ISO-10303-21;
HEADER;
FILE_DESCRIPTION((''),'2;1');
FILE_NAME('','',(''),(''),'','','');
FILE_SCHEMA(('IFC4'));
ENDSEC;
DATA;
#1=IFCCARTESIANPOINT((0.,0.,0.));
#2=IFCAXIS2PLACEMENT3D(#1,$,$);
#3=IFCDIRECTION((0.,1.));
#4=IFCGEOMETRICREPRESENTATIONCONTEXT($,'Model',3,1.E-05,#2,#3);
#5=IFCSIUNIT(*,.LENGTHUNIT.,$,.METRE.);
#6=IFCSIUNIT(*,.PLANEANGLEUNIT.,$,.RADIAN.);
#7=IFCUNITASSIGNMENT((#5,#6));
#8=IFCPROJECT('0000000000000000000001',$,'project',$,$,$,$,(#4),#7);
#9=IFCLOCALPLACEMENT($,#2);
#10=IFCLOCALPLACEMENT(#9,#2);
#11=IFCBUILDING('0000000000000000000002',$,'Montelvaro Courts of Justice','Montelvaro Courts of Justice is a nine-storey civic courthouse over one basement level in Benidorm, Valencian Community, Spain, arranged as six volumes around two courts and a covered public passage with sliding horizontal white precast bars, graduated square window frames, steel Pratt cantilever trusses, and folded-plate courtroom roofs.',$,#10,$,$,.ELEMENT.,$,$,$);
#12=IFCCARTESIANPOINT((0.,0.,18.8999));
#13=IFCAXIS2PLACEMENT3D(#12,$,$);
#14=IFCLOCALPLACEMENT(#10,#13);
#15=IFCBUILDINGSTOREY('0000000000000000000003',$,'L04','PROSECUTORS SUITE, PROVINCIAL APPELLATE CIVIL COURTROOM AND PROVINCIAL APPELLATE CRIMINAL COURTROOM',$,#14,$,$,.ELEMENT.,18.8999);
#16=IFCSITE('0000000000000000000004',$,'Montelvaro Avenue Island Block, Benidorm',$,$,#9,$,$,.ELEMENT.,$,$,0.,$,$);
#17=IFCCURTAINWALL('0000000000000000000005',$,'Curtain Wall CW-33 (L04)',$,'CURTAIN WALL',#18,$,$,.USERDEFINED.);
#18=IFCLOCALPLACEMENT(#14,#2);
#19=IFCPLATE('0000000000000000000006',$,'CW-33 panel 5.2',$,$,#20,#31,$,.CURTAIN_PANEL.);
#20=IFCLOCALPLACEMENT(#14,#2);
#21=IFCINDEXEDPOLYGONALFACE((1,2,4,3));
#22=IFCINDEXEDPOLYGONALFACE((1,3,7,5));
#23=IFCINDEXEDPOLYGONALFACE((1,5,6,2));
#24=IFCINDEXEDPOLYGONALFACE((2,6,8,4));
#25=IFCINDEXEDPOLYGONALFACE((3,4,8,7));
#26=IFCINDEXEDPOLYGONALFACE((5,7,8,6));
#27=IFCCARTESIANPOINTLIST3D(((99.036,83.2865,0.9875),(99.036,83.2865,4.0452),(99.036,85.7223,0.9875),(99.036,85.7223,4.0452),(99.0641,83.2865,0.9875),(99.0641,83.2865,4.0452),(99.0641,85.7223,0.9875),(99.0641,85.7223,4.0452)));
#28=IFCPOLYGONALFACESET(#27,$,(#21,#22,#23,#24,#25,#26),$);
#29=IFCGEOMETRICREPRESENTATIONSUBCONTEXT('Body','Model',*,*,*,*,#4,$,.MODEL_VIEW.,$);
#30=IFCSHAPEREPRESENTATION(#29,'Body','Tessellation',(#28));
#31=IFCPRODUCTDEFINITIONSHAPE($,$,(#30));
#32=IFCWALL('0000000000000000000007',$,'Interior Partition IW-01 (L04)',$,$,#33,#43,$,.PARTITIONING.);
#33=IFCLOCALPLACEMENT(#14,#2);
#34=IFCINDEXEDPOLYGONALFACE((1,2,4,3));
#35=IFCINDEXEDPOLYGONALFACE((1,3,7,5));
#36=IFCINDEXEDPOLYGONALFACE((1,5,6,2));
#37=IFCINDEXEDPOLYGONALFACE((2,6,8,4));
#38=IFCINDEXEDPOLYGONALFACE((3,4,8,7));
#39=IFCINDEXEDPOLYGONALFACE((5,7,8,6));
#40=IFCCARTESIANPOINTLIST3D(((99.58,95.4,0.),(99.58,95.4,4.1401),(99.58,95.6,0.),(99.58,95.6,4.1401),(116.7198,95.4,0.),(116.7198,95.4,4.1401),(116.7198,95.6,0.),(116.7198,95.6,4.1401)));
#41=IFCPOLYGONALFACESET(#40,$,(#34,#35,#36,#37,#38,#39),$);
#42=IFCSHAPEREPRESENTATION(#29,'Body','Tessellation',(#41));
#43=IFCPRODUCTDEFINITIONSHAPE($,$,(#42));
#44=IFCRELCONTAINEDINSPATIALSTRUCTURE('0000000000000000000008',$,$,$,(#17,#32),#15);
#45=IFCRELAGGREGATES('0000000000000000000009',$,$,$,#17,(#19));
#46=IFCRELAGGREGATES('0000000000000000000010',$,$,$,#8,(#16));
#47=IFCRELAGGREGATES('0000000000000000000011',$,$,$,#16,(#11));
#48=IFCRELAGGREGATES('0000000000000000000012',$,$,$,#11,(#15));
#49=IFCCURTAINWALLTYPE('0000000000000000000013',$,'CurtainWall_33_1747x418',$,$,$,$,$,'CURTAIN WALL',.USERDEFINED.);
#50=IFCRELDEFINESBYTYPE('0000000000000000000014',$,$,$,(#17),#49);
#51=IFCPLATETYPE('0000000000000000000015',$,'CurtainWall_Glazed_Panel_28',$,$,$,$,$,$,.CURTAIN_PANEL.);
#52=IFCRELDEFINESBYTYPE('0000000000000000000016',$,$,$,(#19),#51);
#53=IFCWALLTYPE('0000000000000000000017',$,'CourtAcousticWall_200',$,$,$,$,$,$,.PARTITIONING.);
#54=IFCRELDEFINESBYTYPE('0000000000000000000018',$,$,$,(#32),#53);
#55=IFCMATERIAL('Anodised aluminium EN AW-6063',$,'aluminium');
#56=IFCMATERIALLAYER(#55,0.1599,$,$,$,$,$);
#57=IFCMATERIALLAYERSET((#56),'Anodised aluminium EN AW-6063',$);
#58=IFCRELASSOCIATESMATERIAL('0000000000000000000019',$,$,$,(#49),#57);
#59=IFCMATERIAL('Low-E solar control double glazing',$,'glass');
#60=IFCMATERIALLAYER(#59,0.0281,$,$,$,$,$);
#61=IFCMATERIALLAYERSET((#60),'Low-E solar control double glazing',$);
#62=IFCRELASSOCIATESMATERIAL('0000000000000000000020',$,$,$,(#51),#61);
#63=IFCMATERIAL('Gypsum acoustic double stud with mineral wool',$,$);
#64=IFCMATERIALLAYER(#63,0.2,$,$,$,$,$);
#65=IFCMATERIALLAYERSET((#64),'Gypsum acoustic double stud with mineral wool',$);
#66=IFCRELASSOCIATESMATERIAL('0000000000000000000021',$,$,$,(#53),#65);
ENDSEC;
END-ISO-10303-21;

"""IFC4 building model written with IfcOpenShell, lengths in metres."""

from ifc_helpers import new_model, si_unit, direction, frame, frame_2d, origin, origin_2d, place, context, subcontext, project, spatial, rectangle, extrude, material, layer, layer_set, type_object, element, aggregate, save


model = new_model("IFC4")

# Units and contexts
model_context = context("Model", 3, precision=1e-05, world=origin(), true_north=direction((0.0, 1.0)))
body_context = subcontext(model_context, "Body", "Model", "MODEL_VIEW")
ifc_project = project(units=[si_unit("LENGTHUNIT", "METRE"), si_unit("PLANEANGLEUNIT", "RADIAN")], contexts=[model_context])

# Site, building, storey
site_placement = place(None, origin())
site = spatial("IfcSite", under=ifc_project, at=site_placement, Name="Montelvaro Avenue Island Block, Benidorm", CompositionType="ELEMENT", RefElevation=0.0)
building_placement = place(site_placement, origin())
building = spatial("IfcBuilding", under=site, at=building_placement, Name="Montelvaro Courts of Justice", Description="Montelvaro Courts of Justice is a nine-storey civic courthouse over one basement level in Benidorm, Valencian Community, Spain, arranged as six volumes around two courts and a covered public passage with sliding horizontal white precast bars, graduated square window frames, steel Pratt cantilever trusses, and folded-plate courtroom roofs.", CompositionType="ELEMENT")
storey_placement = place(building_placement, frame((0.0, 0.0, 18.8999)))
storey = spatial("IfcBuildingStorey", under=building, at=storey_placement, Name="L04", Description="PROSECUTORS SUITE, PROVINCIAL APPELLATE CIVIL COURTROOM AND PROVINCIAL APPELLATE CRIMINAL COURTROOM", CompositionType="ELEMENT", Elevation=18.8999)

# Shared definitions
ifc_material_1 = material(Name="Anodised aluminium EN AW-6063", Category="aluminium")

# Curtain wall
ifc_layer_1 = layer(ifc_material_1, 0.1599)
ifc_layer_set_1 = layer_set([ifc_layer_1], Name="Anodised aluminium EN AW-6063")
curtain_wall_type_1 = type_object("IfcCurtainWallType", Name="CurtainWall_33_1747x418", ElementType="CURTAIN WALL", PredefinedType="USERDEFINED", material=ifc_layer_set_1)
curtain_wall_1_placement = place(storey_placement, origin())
curtain_wall_1 = element("IfcCurtainWall", 1, at=curtain_wall_1_placement, inside=storey, type_object=curtain_wall_type_1, Name="Curtain Wall CW-33 (L04)", ObjectType="CURTAIN WALL", PredefinedType="USERDEFINED")

# Plate
ifc_material_2 = material(Name="Low-E solar control double glazing", Category="glass")
ifc_layer_2 = layer(ifc_material_2, 0.0281)
ifc_layer_set_2 = layer_set([ifc_layer_2], Name="Low-E solar control double glazing")
plate_type = type_object("IfcPlateType", Name="CurtainWall_Glazed_Panel_28", PredefinedType="CURTAIN_PANEL", material=ifc_layer_set_2)
plate_1_placement = place(storey_placement, frame((99.05, 84.5044, 0.9875), z_axis=(0.0, 0.0, 1.0), x_axis=(0.0, -1.0, 0.0)))
plate_1 = element("IfcPlate", 2, at=plate_1_placement, type_object=plate_type, Name="CW-33 panel 5.2", PredefinedType="CURTAIN_PANEL", context=body_context, shape_type="SweptSolid", body=[
    extrude(rectangle(XDim=2.4358, YDim=0.0281, at=origin_2d()), origin(), (0.0, 0.0, 1.0), 3.0576),
])
aggregate(curtain_wall_1, [plate_1])

# Wall
ifc_material_3 = material(Name="Gypsum acoustic double stud with mineral wool")
ifc_layer_3 = layer(ifc_material_3, 0.2)
ifc_layer_set_3 = layer_set([ifc_layer_3], Name="Gypsum acoustic double stud with mineral wool")
wall_type = type_object("IfcWallType", Name="CourtAcousticWall_200", PredefinedType="PARTITIONING", material=ifc_layer_set_3)
wall_placement = place(storey_placement, frame((99.5801, 95.5, 0.0), z_axis=(0.0, 0.0, 1.0), x_axis=(1.0, 0.0, 0.0)))
element("IfcWall", 3, at=wall_placement, inside=storey, type_object=wall_type, Name="Interior Partition IW-01 (L04)", PredefinedType="PARTITIONING", context=body_context, shape_type="SweptSolid", body=[
    extrude(rectangle(XDim=17.1399, YDim=0.2, at=frame_2d((8.5698, 0.0))), origin(), (0.0, 0.0, 1.0), 4.1401),
])

save(model, "model.ifc")
